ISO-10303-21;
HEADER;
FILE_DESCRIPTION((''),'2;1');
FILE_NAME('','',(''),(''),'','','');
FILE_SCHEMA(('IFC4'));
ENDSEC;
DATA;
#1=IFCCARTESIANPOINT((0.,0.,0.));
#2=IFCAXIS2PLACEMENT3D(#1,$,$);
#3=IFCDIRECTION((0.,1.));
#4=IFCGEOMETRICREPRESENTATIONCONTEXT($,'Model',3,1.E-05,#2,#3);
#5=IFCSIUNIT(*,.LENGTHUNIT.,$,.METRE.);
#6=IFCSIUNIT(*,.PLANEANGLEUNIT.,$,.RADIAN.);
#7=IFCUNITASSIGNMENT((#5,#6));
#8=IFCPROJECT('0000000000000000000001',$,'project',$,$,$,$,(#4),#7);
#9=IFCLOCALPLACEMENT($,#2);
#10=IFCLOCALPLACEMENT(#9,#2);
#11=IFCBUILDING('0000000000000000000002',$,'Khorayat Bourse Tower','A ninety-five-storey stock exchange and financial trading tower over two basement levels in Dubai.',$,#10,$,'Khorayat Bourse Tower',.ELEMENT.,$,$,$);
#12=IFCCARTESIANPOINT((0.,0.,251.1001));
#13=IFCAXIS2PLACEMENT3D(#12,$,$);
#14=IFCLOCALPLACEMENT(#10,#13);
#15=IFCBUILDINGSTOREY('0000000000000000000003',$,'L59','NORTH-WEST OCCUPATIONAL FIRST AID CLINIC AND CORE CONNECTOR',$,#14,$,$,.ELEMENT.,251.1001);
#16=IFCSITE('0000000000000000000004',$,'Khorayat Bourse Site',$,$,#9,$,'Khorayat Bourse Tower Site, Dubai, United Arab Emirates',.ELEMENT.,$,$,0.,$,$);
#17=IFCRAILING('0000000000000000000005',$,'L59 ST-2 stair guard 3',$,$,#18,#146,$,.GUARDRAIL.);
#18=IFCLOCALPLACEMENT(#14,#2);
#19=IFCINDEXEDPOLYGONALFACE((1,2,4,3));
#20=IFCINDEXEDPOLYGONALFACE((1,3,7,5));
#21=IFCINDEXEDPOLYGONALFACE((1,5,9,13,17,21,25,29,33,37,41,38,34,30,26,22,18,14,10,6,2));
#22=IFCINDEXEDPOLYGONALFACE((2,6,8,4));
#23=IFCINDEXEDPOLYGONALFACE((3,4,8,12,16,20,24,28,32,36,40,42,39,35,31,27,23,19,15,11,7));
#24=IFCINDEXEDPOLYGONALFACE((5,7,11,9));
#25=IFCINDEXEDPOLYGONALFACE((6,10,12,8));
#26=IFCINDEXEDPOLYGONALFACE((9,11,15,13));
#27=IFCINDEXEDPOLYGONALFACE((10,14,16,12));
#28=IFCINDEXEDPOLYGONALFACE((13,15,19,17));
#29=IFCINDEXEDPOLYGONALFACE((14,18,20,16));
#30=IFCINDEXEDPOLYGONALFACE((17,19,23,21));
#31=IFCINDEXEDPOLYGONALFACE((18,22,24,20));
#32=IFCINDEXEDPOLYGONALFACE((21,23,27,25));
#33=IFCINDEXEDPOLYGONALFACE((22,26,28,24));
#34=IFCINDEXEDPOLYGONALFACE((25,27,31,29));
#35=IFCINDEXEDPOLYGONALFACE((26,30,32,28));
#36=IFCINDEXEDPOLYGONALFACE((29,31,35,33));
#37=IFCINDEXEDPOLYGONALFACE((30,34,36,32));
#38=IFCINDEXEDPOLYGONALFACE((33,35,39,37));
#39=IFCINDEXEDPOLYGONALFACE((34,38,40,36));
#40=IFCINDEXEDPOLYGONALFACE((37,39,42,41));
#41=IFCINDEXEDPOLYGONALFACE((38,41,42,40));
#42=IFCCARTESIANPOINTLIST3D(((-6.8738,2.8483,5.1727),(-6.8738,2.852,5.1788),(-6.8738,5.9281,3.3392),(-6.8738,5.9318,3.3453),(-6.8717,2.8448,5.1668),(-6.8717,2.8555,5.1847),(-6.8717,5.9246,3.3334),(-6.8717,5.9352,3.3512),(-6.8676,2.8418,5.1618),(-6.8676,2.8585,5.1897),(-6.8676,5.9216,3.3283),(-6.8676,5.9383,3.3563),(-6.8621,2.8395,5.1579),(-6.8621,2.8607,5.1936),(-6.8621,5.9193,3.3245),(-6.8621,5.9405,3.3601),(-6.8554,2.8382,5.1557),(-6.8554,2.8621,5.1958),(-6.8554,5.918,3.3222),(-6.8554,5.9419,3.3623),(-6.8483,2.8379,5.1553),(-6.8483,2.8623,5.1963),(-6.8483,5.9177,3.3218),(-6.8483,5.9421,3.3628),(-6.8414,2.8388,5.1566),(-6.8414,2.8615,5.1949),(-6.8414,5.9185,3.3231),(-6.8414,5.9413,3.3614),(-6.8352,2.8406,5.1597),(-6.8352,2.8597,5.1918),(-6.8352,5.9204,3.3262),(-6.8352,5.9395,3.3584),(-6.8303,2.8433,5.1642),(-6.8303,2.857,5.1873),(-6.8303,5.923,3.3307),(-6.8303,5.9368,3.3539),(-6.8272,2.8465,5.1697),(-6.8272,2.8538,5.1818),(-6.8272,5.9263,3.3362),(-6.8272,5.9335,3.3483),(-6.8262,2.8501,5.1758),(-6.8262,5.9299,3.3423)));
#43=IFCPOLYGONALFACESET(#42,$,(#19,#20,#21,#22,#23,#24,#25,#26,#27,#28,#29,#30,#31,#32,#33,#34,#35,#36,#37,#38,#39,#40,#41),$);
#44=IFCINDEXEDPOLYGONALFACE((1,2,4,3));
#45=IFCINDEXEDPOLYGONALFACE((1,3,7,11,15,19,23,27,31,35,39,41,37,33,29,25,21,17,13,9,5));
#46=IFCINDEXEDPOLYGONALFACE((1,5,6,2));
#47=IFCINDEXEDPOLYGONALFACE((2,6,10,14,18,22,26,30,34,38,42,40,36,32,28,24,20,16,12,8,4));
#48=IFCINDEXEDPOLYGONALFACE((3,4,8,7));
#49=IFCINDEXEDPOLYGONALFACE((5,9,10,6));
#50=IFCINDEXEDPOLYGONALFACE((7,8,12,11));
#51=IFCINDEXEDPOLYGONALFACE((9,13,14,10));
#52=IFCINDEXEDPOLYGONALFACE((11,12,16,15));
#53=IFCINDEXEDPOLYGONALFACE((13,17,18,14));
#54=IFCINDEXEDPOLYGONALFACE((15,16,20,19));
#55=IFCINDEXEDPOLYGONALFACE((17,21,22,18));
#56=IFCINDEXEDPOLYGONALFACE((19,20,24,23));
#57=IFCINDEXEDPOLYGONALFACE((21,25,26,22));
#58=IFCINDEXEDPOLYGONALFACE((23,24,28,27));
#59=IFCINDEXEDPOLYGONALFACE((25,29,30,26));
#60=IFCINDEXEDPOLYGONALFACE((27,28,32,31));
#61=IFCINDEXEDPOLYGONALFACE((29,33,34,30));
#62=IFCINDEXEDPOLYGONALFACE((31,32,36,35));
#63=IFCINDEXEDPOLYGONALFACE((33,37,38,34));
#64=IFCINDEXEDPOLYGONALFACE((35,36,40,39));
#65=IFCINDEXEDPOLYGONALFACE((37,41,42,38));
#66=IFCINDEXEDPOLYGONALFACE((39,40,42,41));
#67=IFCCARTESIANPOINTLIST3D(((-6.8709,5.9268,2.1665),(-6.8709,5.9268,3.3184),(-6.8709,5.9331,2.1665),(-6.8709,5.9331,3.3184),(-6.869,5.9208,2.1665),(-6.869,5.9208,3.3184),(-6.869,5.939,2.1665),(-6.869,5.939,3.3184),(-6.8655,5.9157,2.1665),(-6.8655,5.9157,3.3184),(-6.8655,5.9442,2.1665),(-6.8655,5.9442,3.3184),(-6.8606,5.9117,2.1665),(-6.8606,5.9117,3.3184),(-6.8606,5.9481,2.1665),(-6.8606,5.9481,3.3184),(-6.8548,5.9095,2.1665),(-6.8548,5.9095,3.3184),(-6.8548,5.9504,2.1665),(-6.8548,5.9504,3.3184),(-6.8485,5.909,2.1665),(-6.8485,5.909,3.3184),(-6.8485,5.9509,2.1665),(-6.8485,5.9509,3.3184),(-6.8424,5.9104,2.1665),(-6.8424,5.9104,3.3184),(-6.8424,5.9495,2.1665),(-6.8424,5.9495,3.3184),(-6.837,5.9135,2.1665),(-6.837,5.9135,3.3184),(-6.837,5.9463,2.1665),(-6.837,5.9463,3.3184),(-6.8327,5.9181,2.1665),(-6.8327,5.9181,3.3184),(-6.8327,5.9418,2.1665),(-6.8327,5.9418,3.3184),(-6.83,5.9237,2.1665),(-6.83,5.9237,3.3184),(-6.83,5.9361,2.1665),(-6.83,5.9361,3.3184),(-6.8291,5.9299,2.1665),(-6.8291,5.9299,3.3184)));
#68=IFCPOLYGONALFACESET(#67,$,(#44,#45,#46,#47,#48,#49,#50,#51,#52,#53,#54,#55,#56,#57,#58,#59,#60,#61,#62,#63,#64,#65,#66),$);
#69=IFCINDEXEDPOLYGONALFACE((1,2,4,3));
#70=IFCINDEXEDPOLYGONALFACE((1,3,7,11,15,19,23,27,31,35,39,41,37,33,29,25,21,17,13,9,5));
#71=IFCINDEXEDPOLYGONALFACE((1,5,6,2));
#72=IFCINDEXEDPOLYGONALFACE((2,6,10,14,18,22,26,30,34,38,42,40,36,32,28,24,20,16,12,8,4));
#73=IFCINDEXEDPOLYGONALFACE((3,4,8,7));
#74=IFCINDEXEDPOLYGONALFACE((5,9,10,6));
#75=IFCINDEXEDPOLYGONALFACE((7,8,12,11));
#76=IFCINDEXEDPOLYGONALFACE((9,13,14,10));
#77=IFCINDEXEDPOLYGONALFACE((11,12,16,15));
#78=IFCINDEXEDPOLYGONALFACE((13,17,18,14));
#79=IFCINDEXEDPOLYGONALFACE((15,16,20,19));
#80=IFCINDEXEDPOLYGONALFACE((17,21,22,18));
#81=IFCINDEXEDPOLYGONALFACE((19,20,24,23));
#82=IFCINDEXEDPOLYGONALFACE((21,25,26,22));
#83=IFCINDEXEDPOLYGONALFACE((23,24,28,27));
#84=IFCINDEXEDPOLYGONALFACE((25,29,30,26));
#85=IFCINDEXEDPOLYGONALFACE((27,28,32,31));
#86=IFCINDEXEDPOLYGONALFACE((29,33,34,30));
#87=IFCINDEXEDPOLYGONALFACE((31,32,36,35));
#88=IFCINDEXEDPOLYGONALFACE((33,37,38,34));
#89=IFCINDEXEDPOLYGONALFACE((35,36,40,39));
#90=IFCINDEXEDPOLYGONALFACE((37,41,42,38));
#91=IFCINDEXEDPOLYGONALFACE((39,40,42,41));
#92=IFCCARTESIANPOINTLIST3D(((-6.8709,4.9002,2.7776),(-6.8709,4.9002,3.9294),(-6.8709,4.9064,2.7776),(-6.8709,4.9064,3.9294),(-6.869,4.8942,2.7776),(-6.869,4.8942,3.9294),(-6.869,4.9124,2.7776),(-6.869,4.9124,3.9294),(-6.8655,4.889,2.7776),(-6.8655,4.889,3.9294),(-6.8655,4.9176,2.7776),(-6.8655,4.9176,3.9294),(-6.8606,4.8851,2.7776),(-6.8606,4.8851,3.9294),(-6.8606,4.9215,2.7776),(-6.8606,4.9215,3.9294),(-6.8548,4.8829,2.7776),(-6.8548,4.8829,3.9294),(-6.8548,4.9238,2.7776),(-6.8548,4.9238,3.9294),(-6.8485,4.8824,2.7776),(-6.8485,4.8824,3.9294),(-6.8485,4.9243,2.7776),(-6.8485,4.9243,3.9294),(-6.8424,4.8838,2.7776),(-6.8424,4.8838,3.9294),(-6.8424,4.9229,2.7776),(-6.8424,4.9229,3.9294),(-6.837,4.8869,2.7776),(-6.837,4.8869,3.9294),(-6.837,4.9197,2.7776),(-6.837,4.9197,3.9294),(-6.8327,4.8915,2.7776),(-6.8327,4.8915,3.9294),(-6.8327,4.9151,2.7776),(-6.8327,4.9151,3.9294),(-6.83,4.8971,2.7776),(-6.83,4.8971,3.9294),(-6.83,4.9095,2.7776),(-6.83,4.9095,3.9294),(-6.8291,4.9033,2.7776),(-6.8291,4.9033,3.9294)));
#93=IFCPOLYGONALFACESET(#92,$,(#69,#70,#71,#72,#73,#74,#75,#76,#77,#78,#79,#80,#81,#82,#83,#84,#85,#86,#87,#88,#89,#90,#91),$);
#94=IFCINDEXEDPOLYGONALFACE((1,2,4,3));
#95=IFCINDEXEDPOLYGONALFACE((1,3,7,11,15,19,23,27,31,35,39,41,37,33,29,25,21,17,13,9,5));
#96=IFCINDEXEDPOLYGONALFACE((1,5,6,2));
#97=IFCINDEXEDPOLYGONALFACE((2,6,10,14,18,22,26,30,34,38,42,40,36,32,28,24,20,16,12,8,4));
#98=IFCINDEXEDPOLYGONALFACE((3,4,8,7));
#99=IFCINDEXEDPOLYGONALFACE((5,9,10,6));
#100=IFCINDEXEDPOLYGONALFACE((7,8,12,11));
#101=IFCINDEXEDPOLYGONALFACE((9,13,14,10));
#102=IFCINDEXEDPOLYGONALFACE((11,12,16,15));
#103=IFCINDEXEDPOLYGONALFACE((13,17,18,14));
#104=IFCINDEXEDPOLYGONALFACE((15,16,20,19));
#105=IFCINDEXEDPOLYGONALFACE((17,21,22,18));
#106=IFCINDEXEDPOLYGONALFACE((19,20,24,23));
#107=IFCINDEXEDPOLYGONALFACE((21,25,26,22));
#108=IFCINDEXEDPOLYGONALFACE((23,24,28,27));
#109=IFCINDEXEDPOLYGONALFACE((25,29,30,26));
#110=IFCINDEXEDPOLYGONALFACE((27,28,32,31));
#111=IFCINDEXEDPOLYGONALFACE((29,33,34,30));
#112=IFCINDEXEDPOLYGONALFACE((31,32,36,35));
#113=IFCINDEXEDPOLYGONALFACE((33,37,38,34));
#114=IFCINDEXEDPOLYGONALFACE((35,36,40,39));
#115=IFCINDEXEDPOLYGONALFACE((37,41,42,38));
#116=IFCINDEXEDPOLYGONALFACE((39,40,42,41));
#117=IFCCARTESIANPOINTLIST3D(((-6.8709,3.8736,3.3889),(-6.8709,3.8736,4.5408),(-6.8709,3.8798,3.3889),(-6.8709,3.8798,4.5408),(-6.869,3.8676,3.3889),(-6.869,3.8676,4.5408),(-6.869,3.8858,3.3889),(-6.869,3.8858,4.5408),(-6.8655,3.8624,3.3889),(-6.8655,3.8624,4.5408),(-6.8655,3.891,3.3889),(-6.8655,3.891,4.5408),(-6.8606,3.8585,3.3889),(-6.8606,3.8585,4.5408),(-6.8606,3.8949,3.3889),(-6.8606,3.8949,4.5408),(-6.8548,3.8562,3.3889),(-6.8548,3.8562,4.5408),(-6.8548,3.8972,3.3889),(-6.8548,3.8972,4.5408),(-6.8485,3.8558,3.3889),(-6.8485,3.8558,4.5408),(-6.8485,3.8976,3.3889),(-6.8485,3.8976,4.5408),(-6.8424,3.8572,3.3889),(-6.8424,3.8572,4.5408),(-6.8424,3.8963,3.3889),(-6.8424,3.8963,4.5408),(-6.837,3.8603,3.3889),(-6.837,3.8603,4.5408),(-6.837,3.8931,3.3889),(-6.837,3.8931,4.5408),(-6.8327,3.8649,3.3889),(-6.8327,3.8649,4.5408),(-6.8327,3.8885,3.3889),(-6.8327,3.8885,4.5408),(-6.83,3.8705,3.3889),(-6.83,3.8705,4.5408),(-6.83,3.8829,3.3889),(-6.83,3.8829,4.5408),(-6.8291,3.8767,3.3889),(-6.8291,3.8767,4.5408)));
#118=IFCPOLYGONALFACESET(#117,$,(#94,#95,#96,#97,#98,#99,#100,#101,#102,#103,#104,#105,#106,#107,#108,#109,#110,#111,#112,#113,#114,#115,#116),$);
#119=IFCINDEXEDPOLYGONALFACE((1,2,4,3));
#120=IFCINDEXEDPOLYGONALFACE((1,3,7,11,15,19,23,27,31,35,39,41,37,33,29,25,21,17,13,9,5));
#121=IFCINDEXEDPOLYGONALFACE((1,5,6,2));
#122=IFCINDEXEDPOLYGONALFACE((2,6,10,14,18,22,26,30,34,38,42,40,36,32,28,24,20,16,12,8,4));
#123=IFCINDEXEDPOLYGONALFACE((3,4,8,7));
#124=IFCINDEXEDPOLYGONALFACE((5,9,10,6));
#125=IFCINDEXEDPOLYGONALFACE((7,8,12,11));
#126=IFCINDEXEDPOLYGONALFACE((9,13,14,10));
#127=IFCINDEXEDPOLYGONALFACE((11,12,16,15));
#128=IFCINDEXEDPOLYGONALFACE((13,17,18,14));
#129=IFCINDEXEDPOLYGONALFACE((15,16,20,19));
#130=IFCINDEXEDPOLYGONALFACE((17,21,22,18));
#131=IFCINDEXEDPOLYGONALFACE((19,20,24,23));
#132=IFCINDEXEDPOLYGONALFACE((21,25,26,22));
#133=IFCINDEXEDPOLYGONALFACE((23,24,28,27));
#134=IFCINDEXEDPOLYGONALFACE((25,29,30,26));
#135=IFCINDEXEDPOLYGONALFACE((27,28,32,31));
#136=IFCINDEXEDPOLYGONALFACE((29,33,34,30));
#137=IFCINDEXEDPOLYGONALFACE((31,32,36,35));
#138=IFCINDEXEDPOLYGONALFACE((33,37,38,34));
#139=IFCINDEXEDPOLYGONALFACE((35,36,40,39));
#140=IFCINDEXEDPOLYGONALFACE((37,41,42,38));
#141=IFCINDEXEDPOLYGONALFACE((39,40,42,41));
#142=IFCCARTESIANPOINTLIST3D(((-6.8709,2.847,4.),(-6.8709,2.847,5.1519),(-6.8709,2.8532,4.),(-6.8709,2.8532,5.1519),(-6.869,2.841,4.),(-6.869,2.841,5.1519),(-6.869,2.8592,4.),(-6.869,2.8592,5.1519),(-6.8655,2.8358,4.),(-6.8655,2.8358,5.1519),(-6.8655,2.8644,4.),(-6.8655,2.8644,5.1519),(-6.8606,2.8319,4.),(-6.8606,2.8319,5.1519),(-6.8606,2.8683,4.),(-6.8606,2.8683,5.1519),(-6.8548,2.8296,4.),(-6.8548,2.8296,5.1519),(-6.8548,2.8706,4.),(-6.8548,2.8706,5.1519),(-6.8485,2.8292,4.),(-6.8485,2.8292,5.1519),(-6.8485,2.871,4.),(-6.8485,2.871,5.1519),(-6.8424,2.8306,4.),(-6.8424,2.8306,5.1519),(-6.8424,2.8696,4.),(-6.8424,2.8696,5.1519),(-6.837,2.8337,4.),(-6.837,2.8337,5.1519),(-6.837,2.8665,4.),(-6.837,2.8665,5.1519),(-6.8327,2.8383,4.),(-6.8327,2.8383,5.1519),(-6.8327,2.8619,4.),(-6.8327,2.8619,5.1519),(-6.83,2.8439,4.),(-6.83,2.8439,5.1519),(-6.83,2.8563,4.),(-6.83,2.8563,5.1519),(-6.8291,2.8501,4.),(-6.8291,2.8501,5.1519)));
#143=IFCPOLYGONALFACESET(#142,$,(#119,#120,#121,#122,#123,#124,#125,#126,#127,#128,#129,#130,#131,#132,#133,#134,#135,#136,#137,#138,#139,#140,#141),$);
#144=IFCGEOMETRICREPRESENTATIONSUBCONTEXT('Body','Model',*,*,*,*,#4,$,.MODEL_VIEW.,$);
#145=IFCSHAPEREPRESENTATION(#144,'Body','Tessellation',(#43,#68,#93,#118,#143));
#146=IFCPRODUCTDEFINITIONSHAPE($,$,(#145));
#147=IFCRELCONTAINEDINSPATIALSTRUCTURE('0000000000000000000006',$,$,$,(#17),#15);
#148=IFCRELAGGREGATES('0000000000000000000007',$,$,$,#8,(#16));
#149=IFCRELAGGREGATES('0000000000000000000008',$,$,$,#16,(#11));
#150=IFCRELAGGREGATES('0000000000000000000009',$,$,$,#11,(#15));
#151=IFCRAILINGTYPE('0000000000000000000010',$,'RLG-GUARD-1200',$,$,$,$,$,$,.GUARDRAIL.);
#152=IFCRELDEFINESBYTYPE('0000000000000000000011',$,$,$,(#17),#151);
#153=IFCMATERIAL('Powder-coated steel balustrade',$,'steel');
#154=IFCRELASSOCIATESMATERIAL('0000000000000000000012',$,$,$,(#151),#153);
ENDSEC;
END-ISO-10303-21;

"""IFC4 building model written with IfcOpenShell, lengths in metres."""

from ifc_helpers import new_model, si_unit, direction, frame, origin, origin_2d, place, context, subcontext, project, spatial, circle, extrude, source, transform, mapped, material, type_object, element, save


model = new_model("IFC4")

# Units and contexts
model_context = context("Model", 3, precision=1e-05, world=origin(), true_north=direction((0.0, 1.0)))
body_context = subcontext(model_context, "Body", "Model", "MODEL_VIEW")
ifc_project = project(units=[si_unit("LENGTHUNIT", "METRE"), si_unit("PLANEANGLEUNIT", "RADIAN")], contexts=[model_context])

# Site, building, storey
site_placement = place(None, origin())
site = spatial("IfcSite", under=ifc_project, at=site_placement, Name="Khorayat Bourse Site", LongName="Khorayat Bourse Tower Site, Dubai, United Arab Emirates", CompositionType="ELEMENT", RefElevation=0.0)
building_placement = place(site_placement, origin())
building = spatial("IfcBuilding", under=site, at=building_placement, Name="Khorayat Bourse Tower", Description="A ninety-five-storey stock exchange and financial trading tower over two basement levels in Dubai.", LongName="Khorayat Bourse Tower", CompositionType="ELEMENT")
storey_placement = place(building_placement, frame((0.0, 0.0, 251.1001)))
storey = spatial("IfcBuildingStorey", under=building, at=storey_placement, Name="L59", Description="NORTH-WEST OCCUPATIONAL FIRST AID CLINIC AND CORE CONNECTOR", CompositionType="ELEMENT", Elevation=251.1001)

# Railing
ifc_material_1 = material(Name="Powder-coated steel balustrade", Category="steel")
railing_type_1 = type_object("IfcRailingType", Name="RLG-GUARD-1200", PredefinedType="GUARDRAIL", material=ifc_material_1)
shared_shape_1 = source(origin(), body_context, "Body", "SweptSolid", [
    extrude(circle(Radius=0.0239, at=origin_2d()), frame((0.0, 0.0, 1.1758), z_axis=(0.0, -0.859261, 0.511538), x_axis=(1.0, 0.0, 0.0)), (0.0, 0.0, 1.0), 3.5842),
    extrude(circle(Radius=0.021, at=origin_2d()), origin(), (0.0, 0.0, 1.0), 1.1519),
    extrude(circle(Radius=0.021, at=origin_2d()), frame((0.0, -1.0266, 0.6111)), (0.0, 0.0, 1.0), 1.1519),
    extrude(circle(Radius=0.021, at=origin_2d()), frame((0.0, -2.0532, 1.2224)), (0.0, 0.0, 1.0), 1.1519),
    extrude(circle(Radius=0.021, at=origin_2d()), frame((0.0, -3.0798, 1.8335)), (0.0, 0.0, 1.0), 1.1519),
])
railing_1_placement = place(storey_placement, frame((-6.8501, 5.9299, 2.1665)))
element("IfcRailing", 1, at=railing_1_placement, inside=storey, type_object=railing_type_1, Name="L59 ST-2 stair guard 3", PredefinedType="GUARDRAIL", context=body_context, shape_type="MappedRepresentation", body=[
    mapped(shared_shape_1, transform((0.0, 0.0, 0.0), scale=1.0)),
])

save(model, "model.ifc")
